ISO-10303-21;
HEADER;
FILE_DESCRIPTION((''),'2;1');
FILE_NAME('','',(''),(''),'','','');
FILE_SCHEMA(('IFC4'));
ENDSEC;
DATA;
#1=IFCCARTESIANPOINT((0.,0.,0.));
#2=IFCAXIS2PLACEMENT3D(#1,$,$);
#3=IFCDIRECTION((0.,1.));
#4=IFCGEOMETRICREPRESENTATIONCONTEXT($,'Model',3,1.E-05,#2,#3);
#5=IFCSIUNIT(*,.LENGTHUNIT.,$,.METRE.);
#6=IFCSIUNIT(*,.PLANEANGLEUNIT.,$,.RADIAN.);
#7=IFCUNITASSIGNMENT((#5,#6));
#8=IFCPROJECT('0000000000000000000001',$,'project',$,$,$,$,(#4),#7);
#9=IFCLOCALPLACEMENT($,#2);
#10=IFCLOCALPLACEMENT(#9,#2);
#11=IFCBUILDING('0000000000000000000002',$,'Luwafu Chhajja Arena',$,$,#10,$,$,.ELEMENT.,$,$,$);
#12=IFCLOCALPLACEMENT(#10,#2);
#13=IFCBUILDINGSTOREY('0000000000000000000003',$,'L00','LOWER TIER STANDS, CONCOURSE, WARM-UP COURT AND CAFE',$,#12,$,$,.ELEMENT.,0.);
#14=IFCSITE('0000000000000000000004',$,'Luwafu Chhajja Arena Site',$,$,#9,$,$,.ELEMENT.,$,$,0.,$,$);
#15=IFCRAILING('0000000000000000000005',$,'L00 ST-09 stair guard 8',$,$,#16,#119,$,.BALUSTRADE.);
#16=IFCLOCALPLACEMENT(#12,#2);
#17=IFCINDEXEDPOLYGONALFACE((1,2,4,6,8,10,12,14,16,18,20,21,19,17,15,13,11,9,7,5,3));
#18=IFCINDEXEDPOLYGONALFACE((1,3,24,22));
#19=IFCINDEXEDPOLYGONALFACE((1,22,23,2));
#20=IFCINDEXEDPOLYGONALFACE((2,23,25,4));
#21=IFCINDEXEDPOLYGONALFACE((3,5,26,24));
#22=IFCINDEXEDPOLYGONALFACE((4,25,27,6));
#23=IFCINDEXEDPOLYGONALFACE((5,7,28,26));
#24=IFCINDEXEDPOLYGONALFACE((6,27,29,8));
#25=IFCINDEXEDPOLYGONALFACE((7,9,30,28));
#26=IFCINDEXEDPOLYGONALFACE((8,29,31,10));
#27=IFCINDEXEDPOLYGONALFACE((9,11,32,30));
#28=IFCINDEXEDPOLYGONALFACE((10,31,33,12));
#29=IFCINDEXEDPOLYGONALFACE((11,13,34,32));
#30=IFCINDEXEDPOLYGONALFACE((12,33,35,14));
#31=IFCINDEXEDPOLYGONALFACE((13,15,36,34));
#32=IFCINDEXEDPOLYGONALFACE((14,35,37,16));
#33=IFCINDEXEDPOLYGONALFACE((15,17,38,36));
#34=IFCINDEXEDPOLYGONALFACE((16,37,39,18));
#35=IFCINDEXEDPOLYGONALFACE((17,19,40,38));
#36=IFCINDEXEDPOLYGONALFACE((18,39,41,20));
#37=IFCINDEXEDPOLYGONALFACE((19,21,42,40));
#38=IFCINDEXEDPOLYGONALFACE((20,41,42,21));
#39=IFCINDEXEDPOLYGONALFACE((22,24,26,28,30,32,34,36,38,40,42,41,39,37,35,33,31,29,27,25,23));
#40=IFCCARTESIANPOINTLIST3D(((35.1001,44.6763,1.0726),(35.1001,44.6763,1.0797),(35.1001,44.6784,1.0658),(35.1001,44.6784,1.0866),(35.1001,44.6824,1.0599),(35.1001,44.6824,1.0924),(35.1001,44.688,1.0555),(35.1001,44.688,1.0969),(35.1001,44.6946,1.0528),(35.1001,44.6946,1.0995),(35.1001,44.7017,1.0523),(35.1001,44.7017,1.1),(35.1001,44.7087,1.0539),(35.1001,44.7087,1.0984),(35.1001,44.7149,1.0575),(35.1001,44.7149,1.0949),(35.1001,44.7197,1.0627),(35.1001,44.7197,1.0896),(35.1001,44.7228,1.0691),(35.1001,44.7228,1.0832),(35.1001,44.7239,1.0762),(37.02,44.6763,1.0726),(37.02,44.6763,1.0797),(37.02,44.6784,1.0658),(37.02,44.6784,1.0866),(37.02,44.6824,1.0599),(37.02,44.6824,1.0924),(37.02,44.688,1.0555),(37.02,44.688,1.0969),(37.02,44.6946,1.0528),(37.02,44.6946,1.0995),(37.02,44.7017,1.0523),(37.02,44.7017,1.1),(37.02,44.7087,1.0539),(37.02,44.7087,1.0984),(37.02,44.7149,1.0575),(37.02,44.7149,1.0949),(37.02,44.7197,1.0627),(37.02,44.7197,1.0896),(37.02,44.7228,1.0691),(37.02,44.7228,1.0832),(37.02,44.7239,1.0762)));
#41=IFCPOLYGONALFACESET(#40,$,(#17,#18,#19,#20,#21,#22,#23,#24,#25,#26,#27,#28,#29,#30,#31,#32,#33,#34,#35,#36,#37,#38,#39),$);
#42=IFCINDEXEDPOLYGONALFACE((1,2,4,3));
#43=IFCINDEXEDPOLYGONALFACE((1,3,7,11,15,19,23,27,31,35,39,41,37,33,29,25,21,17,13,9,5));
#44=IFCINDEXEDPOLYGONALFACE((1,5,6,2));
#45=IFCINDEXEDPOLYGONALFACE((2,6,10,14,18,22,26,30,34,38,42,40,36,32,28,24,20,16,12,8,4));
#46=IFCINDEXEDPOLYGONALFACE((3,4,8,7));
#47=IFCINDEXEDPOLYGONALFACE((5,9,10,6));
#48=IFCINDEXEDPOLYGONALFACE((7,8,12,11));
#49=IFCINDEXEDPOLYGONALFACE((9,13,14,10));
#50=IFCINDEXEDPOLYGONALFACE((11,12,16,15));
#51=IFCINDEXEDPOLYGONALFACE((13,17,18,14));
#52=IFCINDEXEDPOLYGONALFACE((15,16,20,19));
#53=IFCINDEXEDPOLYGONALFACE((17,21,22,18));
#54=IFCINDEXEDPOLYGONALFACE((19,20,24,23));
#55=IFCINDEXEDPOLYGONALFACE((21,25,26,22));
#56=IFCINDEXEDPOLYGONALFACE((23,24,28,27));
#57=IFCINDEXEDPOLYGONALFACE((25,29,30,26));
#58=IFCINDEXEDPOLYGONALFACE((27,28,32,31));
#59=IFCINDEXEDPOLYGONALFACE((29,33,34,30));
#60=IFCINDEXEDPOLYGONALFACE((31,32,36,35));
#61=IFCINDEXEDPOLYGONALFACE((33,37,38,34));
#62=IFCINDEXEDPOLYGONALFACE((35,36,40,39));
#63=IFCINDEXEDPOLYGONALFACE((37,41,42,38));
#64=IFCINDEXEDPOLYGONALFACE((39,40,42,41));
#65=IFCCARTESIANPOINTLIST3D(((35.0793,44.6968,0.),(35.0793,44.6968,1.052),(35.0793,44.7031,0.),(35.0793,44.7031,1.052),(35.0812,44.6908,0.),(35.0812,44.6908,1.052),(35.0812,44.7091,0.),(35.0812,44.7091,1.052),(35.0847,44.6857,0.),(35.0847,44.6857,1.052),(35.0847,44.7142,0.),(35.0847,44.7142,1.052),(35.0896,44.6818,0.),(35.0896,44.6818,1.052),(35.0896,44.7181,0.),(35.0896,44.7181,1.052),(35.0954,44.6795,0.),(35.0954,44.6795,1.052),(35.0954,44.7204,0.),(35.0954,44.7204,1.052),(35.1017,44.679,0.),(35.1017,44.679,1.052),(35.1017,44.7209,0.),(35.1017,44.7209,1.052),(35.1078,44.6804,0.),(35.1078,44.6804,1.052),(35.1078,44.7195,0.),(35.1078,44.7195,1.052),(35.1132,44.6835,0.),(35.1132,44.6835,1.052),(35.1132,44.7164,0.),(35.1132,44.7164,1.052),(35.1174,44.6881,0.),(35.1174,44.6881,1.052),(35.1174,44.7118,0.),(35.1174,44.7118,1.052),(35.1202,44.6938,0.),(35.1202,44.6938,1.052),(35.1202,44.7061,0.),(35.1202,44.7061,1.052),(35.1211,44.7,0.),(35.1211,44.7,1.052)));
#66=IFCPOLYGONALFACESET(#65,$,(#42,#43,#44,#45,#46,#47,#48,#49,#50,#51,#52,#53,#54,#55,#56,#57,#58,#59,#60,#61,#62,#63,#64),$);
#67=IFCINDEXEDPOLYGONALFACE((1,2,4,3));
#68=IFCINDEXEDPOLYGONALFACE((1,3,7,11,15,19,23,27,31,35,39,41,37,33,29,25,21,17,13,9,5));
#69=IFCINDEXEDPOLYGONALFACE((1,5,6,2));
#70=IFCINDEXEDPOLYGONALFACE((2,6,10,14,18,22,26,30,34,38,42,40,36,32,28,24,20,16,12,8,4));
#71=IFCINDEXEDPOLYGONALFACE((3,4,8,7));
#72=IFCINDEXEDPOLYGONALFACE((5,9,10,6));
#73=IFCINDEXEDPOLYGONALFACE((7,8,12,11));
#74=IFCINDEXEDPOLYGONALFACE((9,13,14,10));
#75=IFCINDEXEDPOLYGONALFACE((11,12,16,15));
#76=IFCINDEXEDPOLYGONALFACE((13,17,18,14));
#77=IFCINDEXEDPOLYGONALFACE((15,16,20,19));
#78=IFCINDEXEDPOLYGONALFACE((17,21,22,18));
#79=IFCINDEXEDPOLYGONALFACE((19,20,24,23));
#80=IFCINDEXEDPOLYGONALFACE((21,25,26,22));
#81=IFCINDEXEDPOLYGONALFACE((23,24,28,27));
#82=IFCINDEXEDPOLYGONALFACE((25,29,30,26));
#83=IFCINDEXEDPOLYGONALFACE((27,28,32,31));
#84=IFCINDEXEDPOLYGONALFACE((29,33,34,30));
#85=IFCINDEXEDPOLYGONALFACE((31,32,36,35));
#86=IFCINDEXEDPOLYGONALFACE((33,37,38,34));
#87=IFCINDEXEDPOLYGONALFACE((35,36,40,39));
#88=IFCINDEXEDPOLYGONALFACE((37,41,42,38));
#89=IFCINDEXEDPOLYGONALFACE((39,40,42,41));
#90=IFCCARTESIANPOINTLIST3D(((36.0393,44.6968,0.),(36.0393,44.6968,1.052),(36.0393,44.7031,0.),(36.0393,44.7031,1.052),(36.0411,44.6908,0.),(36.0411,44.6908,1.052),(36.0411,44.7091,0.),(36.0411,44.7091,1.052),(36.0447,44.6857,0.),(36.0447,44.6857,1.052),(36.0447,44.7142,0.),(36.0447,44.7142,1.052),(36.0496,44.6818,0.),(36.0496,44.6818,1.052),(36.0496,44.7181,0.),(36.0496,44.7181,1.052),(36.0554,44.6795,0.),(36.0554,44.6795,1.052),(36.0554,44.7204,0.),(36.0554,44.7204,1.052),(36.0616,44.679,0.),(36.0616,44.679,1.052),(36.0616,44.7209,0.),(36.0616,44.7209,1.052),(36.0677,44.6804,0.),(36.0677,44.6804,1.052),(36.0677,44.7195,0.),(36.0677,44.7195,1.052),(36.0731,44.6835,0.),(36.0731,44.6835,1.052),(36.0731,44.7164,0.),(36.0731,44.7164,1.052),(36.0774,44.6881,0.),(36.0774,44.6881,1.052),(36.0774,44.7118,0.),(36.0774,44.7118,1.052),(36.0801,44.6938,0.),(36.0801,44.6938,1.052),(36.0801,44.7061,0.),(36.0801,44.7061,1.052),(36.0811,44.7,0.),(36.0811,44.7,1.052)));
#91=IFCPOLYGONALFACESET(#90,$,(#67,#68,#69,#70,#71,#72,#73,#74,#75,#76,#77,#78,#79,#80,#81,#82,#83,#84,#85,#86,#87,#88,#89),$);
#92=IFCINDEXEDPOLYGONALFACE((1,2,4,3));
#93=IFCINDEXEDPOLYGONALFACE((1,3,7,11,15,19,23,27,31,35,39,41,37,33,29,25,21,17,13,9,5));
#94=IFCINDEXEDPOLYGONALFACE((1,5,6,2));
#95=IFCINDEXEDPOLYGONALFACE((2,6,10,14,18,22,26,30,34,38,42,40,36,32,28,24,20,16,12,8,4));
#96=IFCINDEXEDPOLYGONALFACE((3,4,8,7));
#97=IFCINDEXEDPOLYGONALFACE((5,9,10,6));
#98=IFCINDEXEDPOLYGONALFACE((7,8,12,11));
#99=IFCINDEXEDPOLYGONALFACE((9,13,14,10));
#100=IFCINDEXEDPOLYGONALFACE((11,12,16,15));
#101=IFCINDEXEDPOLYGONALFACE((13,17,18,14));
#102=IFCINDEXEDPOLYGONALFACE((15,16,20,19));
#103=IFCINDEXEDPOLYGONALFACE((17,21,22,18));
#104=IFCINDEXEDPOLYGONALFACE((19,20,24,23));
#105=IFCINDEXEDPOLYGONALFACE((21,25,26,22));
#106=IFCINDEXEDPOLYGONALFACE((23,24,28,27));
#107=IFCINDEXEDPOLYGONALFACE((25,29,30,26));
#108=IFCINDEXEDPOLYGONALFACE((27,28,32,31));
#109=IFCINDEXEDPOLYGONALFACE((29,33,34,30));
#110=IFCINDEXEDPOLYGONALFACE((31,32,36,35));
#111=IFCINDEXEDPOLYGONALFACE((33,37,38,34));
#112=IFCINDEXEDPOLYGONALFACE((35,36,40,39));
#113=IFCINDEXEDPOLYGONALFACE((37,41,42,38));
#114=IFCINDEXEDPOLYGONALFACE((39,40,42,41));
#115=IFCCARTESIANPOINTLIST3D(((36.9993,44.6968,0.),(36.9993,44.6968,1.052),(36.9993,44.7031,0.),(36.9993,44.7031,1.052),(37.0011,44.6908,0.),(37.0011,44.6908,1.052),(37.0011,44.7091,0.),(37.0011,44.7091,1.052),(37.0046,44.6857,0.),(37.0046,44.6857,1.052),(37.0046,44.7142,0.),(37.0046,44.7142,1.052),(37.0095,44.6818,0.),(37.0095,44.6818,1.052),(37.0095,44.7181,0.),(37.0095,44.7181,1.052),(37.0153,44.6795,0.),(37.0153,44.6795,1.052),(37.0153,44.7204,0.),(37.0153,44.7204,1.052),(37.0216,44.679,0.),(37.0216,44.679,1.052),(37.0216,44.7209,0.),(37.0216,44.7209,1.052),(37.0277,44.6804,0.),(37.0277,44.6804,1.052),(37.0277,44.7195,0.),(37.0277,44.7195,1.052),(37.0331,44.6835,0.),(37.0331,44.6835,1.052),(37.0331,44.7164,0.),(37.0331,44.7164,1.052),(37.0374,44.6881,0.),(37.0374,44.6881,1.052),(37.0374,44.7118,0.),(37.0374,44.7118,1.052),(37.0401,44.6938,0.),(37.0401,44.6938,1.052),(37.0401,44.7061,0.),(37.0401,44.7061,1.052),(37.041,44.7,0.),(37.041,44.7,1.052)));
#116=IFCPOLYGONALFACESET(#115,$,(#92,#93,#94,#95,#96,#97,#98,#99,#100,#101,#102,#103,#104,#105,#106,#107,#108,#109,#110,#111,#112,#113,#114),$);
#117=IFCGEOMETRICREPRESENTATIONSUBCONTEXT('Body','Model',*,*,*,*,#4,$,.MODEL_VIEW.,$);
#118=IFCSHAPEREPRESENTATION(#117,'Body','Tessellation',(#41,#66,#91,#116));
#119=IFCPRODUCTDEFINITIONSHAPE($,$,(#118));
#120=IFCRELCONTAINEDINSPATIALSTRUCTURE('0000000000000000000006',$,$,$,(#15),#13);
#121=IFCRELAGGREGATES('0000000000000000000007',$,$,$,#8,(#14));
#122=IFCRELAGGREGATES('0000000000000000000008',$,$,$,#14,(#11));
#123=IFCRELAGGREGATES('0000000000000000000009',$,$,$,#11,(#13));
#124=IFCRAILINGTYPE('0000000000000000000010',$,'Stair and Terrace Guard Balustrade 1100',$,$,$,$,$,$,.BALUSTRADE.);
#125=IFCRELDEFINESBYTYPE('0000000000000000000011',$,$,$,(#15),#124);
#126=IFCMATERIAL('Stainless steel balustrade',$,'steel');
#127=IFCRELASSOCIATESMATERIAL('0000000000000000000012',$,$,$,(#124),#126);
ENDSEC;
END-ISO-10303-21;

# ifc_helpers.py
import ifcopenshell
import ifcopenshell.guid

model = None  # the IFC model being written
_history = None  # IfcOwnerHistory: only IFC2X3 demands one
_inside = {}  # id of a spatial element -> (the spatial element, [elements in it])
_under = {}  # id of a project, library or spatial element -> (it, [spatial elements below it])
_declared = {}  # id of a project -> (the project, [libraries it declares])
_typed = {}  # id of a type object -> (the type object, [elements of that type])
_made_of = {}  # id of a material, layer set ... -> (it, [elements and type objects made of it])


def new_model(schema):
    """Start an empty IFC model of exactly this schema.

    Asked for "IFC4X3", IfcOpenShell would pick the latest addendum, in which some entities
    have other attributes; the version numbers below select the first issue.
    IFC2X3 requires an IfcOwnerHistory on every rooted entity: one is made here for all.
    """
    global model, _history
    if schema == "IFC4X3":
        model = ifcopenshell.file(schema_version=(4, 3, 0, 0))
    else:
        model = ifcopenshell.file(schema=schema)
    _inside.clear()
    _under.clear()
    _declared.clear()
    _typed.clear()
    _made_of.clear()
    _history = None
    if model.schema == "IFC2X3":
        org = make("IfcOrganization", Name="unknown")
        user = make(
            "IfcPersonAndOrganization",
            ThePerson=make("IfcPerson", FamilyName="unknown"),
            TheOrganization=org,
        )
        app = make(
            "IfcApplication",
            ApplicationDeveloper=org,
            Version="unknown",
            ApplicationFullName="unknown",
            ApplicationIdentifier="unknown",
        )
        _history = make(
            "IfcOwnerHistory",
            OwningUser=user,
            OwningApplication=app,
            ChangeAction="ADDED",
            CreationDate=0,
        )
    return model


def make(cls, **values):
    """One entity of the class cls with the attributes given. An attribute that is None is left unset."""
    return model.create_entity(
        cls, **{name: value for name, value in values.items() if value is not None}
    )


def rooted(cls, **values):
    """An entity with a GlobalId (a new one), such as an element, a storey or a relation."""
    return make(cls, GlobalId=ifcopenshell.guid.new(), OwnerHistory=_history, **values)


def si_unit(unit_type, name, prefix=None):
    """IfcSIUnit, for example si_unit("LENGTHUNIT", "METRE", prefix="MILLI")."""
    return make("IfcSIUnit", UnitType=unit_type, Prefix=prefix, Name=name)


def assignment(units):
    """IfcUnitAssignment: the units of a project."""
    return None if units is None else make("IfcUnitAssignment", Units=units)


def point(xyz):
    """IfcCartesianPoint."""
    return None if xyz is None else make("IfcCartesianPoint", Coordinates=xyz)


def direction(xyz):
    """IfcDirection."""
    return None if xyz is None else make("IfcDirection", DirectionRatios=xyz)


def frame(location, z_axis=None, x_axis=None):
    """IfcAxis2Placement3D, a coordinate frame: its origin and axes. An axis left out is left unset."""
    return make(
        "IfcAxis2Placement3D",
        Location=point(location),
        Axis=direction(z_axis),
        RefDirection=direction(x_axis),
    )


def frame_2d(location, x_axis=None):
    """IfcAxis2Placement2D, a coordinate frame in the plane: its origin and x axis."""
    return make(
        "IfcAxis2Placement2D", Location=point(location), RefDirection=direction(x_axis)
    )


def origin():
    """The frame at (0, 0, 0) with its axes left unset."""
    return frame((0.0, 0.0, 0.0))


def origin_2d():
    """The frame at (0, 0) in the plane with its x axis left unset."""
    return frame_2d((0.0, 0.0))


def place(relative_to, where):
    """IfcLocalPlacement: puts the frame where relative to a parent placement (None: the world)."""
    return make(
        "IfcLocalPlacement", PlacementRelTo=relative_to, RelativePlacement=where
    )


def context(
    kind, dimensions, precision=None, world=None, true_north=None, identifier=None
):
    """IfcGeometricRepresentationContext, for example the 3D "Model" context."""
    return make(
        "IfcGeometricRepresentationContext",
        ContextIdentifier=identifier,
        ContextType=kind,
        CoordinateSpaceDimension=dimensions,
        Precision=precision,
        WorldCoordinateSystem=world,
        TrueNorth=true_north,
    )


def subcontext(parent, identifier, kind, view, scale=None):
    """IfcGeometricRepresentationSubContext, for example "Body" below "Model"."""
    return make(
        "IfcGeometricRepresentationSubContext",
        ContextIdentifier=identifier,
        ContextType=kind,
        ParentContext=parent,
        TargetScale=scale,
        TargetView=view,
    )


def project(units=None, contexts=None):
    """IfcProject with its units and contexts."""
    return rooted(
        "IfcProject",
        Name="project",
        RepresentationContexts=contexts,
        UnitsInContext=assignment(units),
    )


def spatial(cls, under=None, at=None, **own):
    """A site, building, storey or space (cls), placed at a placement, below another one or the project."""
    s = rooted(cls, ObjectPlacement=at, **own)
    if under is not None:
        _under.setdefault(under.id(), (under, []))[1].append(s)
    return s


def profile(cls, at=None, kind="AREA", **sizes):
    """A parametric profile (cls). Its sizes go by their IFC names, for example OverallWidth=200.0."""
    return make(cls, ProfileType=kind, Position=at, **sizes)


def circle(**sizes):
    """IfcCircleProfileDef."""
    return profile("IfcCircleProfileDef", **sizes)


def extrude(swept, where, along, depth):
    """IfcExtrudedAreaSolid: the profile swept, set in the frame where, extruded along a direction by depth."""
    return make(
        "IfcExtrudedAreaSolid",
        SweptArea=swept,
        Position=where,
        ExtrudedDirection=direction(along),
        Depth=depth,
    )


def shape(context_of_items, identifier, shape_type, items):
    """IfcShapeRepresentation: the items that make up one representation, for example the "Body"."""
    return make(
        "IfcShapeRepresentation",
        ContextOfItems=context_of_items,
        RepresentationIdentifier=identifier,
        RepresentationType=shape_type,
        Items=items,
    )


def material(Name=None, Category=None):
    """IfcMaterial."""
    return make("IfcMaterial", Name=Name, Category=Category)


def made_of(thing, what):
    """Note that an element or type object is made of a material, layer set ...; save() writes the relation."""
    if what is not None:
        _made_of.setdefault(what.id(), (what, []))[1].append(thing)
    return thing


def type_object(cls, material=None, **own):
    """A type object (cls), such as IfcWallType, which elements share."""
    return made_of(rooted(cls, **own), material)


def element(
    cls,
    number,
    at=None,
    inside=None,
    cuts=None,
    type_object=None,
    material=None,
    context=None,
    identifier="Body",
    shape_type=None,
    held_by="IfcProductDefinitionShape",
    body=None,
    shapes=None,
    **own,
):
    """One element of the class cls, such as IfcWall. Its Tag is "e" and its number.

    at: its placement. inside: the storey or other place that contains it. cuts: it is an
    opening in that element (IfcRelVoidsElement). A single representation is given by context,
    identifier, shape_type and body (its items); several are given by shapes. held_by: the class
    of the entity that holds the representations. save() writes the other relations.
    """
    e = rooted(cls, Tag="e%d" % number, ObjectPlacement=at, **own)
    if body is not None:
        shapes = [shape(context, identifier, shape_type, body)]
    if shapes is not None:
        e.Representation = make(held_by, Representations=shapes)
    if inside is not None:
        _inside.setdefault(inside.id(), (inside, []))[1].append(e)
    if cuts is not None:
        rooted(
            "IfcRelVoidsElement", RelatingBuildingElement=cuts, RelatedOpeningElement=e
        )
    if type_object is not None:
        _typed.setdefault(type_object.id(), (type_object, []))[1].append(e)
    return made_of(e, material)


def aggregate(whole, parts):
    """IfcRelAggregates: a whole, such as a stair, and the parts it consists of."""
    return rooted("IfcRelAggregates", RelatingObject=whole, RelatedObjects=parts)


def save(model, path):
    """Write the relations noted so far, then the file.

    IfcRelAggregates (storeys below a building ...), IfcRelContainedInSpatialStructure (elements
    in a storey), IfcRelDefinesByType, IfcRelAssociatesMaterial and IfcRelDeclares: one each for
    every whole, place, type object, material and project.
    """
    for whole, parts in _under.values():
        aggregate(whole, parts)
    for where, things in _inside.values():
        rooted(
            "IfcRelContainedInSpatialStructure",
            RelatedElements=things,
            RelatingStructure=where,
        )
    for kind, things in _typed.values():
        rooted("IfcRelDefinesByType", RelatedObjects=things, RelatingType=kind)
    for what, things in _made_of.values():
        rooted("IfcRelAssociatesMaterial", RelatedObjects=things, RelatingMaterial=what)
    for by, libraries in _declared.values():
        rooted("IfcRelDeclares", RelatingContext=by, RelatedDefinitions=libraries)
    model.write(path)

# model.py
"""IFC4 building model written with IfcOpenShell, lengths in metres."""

from ifc_helpers import new_model, si_unit, direction, frame, origin, origin_2d, place, context, subcontext, project, spatial, circle, extrude, material, type_object, element, save


model = new_model("IFC4")

# Units and contexts
model_context = context("Model", 3, precision=1e-05, world=origin(), true_north=direction((0.0, 1.0)))
body_context = subcontext(model_context, "Body", "Model", "MODEL_VIEW")
ifc_project = project(units=[si_unit("LENGTHUNIT", "METRE"), si_unit("PLANEANGLEUNIT", "RADIAN")], contexts=[model_context])

# Site, building, storey
site_placement = place(None, origin())
site = spatial("IfcSite", under=ifc_project, at=site_placement, Name="Luwafu Chhajja Arena Site", CompositionType="ELEMENT", RefElevation=0.0)
building_placement = place(site_placement, origin())
building = spatial("IfcBuilding", under=site, at=building_placement, Name="Luwafu Chhajja Arena", CompositionType="ELEMENT")
storey_placement = place(building_placement, origin())
storey = spatial("IfcBuildingStorey", under=building, at=storey_placement, Name="L00", Description="LOWER TIER STANDS, CONCOURSE, WARM-UP COURT AND CAFE", CompositionType="ELEMENT", Elevation=0.0)

# Railing
ifc_material_1 = material(Name="Stainless steel balustrade", Category="steel")
railing_type_1 = type_object("IfcRailingType", Name="Stair and Terrace Guard Balustrade 1100", PredefinedType="BALUSTRADE", material=ifc_material_1)
railing_1_placement = place(storey_placement, frame((35.1001, 44.7, 0.0)))
element("IfcRailing", 1, at=railing_1_placement, inside=storey, type_object=railing_type_1, Name="L00 ST-09 stair guard 8", PredefinedType="BALUSTRADE", context=body_context, shape_type="SweptSolid", body=[
    extrude(circle(Radius=0.0239, at=origin_2d()), frame((0.0, 0.0, 1.0762), z_axis=(1.0, 0.0, 0.0), x_axis=(0.0, 1.0, 0.0)), (0.0, 0.0, 1.0), 1.9199),
    extrude(circle(Radius=0.021, at=origin_2d()), origin(), (0.0, 0.0, 1.0), 1.052),
    extrude(circle(Radius=0.021, at=origin_2d()), frame((0.96, 0.0, 0.0)), (0.0, 0.0, 1.0), 1.052),
    extrude(circle(Radius=0.021, at=origin_2d()), frame((1.9199, 0.0, 0.0)), (0.0, 0.0, 1.0), 1.052),
])

save(model, "model.ifc")
